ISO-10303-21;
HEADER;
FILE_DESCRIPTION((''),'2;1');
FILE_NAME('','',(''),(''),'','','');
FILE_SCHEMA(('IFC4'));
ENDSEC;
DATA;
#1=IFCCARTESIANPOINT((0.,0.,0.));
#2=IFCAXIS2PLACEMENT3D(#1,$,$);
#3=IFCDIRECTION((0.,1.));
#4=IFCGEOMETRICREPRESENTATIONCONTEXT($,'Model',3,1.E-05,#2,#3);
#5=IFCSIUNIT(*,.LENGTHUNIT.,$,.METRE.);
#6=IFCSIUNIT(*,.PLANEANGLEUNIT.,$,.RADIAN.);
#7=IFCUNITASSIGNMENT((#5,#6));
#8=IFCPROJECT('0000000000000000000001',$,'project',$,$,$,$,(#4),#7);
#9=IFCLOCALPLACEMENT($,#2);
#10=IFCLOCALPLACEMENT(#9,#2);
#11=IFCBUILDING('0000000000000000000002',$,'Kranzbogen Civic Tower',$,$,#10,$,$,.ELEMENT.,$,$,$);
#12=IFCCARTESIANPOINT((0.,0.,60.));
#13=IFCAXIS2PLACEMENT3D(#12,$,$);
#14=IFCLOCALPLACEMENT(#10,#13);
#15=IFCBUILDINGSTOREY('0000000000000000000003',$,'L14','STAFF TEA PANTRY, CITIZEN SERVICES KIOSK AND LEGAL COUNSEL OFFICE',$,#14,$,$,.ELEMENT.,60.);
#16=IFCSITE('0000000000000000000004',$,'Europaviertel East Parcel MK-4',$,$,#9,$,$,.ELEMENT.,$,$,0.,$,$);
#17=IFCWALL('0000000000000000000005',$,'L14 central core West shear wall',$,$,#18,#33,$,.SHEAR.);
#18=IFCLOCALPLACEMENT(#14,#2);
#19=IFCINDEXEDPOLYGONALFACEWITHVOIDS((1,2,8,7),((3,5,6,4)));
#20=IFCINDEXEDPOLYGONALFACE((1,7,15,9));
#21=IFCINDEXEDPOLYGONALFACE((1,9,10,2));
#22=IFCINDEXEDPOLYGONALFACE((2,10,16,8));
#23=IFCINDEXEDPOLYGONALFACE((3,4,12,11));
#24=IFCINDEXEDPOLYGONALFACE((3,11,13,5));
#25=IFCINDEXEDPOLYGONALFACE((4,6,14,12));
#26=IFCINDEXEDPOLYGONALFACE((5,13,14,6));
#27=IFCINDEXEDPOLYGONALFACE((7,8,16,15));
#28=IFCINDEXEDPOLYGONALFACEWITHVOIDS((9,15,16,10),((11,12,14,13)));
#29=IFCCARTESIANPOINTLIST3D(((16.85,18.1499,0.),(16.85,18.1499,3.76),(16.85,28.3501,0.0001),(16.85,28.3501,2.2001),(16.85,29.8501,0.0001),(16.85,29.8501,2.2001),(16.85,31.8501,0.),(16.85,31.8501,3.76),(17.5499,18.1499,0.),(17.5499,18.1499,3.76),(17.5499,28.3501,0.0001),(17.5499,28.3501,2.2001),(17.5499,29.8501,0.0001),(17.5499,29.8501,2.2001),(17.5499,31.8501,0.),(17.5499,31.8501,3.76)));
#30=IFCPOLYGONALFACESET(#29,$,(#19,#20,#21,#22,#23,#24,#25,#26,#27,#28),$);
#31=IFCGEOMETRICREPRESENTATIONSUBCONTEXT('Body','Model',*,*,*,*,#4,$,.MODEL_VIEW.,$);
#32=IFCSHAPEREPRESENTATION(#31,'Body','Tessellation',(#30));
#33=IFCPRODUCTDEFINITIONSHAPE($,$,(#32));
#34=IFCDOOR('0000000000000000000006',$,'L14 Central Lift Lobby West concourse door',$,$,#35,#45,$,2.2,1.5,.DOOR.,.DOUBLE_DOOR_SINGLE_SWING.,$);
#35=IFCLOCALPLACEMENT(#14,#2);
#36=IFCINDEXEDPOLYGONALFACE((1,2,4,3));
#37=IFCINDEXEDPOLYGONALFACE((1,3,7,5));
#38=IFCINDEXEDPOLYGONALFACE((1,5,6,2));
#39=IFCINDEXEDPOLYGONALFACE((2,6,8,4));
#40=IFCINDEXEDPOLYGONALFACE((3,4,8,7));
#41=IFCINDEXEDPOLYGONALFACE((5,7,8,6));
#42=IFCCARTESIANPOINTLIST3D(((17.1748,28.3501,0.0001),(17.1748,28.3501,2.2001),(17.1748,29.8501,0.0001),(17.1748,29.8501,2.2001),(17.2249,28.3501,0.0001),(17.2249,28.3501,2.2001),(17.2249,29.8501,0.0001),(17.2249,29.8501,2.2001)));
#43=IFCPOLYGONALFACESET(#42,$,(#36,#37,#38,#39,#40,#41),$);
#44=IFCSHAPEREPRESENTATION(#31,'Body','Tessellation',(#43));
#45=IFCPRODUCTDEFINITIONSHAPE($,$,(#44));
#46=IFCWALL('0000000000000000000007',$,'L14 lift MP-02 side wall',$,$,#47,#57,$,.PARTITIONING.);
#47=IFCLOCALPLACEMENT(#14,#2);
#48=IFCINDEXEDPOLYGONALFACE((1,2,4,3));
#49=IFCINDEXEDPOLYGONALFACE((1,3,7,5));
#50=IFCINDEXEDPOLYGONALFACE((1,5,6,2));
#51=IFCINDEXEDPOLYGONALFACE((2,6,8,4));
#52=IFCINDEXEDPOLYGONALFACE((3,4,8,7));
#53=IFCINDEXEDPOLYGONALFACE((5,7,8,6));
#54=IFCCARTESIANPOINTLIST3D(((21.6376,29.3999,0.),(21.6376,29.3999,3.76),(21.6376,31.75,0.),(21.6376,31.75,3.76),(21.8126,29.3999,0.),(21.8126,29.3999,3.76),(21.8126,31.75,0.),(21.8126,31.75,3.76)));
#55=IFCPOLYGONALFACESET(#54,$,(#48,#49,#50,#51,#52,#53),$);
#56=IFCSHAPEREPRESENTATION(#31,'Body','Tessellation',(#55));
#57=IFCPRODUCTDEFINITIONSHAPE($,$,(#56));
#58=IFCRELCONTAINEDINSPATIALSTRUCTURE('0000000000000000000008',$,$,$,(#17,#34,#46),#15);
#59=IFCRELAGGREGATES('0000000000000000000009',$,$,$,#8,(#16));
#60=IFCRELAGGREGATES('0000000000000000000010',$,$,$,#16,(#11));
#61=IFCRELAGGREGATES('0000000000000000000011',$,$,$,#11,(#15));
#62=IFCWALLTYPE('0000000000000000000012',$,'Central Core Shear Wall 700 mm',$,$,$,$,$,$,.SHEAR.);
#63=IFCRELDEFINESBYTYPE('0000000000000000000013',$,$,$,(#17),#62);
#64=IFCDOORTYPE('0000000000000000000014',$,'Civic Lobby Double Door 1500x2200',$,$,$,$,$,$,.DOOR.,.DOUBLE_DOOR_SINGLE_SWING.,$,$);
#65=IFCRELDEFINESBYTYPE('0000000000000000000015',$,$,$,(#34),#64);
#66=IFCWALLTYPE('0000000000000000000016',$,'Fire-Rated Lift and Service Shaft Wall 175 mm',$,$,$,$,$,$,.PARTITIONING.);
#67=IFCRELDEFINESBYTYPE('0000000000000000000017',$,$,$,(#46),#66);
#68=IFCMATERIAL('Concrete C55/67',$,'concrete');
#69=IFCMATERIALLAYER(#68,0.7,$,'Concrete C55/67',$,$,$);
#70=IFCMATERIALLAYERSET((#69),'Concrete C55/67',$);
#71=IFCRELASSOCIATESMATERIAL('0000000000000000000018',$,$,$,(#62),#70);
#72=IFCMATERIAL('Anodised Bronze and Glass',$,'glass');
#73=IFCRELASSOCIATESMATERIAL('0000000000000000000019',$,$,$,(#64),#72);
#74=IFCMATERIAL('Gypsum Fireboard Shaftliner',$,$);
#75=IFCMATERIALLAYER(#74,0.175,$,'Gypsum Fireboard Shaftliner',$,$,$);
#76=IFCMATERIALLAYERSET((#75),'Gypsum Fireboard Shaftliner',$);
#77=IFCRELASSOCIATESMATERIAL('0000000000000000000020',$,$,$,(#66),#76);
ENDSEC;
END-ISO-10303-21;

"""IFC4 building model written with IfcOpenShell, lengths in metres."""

from ifc_helpers import new_model, si_unit, direction, frame, frame_2d, origin, place, context, subcontext, project, spatial, rectangle, extrude, material, layer, layer_set, type_object, element, fill, save


model = new_model("IFC4")

# Units and contexts
model_context = context("Model", 3, precision=1e-05, world=origin(), true_north=direction((0.0, 1.0)))
body_context = subcontext(model_context, "Body", "Model", "MODEL_VIEW")
ifc_project = project(units=[si_unit("LENGTHUNIT", "METRE"), si_unit("PLANEANGLEUNIT", "RADIAN")], contexts=[model_context])

# Site, building, storey
site_placement = place(None, origin())
site = spatial("IfcSite", under=ifc_project, at=site_placement, Name="Europaviertel East Parcel MK-4", CompositionType="ELEMENT", RefElevation=0.0)
building_placement = place(site_placement, origin())
building = spatial("IfcBuilding", under=site, at=building_placement, Name="Kranzbogen Civic Tower", CompositionType="ELEMENT")
storey_placement = place(building_placement, frame((0.0, 0.0, 60.0)))
storey = spatial("IfcBuildingStorey", under=building, at=storey_placement, Name="L14", Description="STAFF TEA PANTRY, CITIZEN SERVICES KIOSK AND LEGAL COUNSEL OFFICE", CompositionType="ELEMENT", Elevation=60.0)

# Wall, opening, door
ifc_material_1 = material(Name="Concrete C55/67", Category="concrete")
ifc_layer_1 = layer(ifc_material_1, 0.7, Name="Concrete C55/67")
ifc_layer_set_1 = layer_set([ifc_layer_1], Name="Concrete C55/67")
wall_type_1 = type_object("IfcWallType", Name="Central Core Shear Wall 700 mm", PredefinedType="SHEAR", material=ifc_layer_set_1)
wall_1_placement = place(storey_placement, frame((17.2, 31.8501, 0.0), z_axis=(0.0, 0.0, 1.0), x_axis=(0.0, -1.0, 0.0)))
wall_1 = element("IfcWall", 1, at=wall_1_placement, inside=storey, type_object=wall_type_1, Name="L14 central core West shear wall", PredefinedType="SHEAR", context=body_context, shape_type="SweptSolid", body=[
    extrude(rectangle(XDim=13.7002, YDim=0.7, at=frame_2d((6.8501, 0.0))), origin(), (0.0, 0.0, 1.0), 3.76),
])
opening_1_placement = place(wall_1_placement, frame((2.0, 0.0, 0.0)))
opening_1 = element("IfcOpeningElement", 2, at=opening_1_placement, cuts=wall_1, PredefinedType="OPENING", context=body_context, shape_type="SweptSolid", body=[
    extrude(rectangle(XDim=1.5, YDim=2.2, at=frame_2d((0.75, 1.1001))), frame((0.0, 0.3599, 0.0), z_axis=(0.0, -1.0, 0.0), x_axis=(1.0, 0.0, 0.0)), (0.0, 0.0, 1.0), 0.72),
])
ifc_material_2 = material(Name="Anodised Bronze and Glass", Category="glass")
door_type_1 = type_object("IfcDoorType", Name="Civic Lobby Double Door 1500x2200", OperationType="DOUBLE_DOOR_SINGLE_SWING", PredefinedType="DOOR", material=ifc_material_2)
door_1_placement = place(opening_1_placement, origin())
door_1 = element("IfcDoor", 3, at=door_1_placement, inside=storey, type_object=door_type_1, Name="L14 Central Lift Lobby West concourse door", OperationType="DOUBLE_DOOR_SINGLE_SWING", OverallHeight=2.2, OverallWidth=1.5, PredefinedType="DOOR", context=body_context, shape_type="SweptSolid", body=[
    extrude(rectangle(XDim=1.5, YDim=2.2, at=frame_2d((0.75, 1.1001))), frame((0.0, 0.0249, 0.0), z_axis=(0.0, -1.0, 0.0), x_axis=(1.0, 0.0, 0.0)), (0.0, 0.0, 1.0), 0.05),
])
fill(opening_1, door_1)

# Wall
ifc_material_3 = material(Name="Gypsum Fireboard Shaftliner")
ifc_layer_2 = layer(ifc_material_3, 0.175, Name="Gypsum Fireboard Shaftliner")
ifc_layer_set_2 = layer_set([ifc_layer_2], Name="Gypsum Fireboard Shaftliner")
wall_type_2 = type_object("IfcWallType", Name="Fire-Rated Lift and Service Shaft Wall 175 mm", PredefinedType="PARTITIONING", material=ifc_layer_set_2)
wall_2_placement = place(storey_placement, frame((21.7251, 29.3999, 0.0), z_axis=(0.0, 0.0, 1.0), x_axis=(0.0, 1.0, 0.0)))
element("IfcWall", 4, at=wall_2_placement, inside=storey, type_object=wall_type_2, Name="L14 lift MP-02 side wall", PredefinedType="PARTITIONING", context=body_context, shape_type="SweptSolid", body=[
    extrude(rectangle(XDim=2.3501, YDim=0.175, at=frame_2d((1.175, 0.0))), origin(), (0.0, 0.0, 1.0), 3.76),
])

save(model, "model.ifc")
